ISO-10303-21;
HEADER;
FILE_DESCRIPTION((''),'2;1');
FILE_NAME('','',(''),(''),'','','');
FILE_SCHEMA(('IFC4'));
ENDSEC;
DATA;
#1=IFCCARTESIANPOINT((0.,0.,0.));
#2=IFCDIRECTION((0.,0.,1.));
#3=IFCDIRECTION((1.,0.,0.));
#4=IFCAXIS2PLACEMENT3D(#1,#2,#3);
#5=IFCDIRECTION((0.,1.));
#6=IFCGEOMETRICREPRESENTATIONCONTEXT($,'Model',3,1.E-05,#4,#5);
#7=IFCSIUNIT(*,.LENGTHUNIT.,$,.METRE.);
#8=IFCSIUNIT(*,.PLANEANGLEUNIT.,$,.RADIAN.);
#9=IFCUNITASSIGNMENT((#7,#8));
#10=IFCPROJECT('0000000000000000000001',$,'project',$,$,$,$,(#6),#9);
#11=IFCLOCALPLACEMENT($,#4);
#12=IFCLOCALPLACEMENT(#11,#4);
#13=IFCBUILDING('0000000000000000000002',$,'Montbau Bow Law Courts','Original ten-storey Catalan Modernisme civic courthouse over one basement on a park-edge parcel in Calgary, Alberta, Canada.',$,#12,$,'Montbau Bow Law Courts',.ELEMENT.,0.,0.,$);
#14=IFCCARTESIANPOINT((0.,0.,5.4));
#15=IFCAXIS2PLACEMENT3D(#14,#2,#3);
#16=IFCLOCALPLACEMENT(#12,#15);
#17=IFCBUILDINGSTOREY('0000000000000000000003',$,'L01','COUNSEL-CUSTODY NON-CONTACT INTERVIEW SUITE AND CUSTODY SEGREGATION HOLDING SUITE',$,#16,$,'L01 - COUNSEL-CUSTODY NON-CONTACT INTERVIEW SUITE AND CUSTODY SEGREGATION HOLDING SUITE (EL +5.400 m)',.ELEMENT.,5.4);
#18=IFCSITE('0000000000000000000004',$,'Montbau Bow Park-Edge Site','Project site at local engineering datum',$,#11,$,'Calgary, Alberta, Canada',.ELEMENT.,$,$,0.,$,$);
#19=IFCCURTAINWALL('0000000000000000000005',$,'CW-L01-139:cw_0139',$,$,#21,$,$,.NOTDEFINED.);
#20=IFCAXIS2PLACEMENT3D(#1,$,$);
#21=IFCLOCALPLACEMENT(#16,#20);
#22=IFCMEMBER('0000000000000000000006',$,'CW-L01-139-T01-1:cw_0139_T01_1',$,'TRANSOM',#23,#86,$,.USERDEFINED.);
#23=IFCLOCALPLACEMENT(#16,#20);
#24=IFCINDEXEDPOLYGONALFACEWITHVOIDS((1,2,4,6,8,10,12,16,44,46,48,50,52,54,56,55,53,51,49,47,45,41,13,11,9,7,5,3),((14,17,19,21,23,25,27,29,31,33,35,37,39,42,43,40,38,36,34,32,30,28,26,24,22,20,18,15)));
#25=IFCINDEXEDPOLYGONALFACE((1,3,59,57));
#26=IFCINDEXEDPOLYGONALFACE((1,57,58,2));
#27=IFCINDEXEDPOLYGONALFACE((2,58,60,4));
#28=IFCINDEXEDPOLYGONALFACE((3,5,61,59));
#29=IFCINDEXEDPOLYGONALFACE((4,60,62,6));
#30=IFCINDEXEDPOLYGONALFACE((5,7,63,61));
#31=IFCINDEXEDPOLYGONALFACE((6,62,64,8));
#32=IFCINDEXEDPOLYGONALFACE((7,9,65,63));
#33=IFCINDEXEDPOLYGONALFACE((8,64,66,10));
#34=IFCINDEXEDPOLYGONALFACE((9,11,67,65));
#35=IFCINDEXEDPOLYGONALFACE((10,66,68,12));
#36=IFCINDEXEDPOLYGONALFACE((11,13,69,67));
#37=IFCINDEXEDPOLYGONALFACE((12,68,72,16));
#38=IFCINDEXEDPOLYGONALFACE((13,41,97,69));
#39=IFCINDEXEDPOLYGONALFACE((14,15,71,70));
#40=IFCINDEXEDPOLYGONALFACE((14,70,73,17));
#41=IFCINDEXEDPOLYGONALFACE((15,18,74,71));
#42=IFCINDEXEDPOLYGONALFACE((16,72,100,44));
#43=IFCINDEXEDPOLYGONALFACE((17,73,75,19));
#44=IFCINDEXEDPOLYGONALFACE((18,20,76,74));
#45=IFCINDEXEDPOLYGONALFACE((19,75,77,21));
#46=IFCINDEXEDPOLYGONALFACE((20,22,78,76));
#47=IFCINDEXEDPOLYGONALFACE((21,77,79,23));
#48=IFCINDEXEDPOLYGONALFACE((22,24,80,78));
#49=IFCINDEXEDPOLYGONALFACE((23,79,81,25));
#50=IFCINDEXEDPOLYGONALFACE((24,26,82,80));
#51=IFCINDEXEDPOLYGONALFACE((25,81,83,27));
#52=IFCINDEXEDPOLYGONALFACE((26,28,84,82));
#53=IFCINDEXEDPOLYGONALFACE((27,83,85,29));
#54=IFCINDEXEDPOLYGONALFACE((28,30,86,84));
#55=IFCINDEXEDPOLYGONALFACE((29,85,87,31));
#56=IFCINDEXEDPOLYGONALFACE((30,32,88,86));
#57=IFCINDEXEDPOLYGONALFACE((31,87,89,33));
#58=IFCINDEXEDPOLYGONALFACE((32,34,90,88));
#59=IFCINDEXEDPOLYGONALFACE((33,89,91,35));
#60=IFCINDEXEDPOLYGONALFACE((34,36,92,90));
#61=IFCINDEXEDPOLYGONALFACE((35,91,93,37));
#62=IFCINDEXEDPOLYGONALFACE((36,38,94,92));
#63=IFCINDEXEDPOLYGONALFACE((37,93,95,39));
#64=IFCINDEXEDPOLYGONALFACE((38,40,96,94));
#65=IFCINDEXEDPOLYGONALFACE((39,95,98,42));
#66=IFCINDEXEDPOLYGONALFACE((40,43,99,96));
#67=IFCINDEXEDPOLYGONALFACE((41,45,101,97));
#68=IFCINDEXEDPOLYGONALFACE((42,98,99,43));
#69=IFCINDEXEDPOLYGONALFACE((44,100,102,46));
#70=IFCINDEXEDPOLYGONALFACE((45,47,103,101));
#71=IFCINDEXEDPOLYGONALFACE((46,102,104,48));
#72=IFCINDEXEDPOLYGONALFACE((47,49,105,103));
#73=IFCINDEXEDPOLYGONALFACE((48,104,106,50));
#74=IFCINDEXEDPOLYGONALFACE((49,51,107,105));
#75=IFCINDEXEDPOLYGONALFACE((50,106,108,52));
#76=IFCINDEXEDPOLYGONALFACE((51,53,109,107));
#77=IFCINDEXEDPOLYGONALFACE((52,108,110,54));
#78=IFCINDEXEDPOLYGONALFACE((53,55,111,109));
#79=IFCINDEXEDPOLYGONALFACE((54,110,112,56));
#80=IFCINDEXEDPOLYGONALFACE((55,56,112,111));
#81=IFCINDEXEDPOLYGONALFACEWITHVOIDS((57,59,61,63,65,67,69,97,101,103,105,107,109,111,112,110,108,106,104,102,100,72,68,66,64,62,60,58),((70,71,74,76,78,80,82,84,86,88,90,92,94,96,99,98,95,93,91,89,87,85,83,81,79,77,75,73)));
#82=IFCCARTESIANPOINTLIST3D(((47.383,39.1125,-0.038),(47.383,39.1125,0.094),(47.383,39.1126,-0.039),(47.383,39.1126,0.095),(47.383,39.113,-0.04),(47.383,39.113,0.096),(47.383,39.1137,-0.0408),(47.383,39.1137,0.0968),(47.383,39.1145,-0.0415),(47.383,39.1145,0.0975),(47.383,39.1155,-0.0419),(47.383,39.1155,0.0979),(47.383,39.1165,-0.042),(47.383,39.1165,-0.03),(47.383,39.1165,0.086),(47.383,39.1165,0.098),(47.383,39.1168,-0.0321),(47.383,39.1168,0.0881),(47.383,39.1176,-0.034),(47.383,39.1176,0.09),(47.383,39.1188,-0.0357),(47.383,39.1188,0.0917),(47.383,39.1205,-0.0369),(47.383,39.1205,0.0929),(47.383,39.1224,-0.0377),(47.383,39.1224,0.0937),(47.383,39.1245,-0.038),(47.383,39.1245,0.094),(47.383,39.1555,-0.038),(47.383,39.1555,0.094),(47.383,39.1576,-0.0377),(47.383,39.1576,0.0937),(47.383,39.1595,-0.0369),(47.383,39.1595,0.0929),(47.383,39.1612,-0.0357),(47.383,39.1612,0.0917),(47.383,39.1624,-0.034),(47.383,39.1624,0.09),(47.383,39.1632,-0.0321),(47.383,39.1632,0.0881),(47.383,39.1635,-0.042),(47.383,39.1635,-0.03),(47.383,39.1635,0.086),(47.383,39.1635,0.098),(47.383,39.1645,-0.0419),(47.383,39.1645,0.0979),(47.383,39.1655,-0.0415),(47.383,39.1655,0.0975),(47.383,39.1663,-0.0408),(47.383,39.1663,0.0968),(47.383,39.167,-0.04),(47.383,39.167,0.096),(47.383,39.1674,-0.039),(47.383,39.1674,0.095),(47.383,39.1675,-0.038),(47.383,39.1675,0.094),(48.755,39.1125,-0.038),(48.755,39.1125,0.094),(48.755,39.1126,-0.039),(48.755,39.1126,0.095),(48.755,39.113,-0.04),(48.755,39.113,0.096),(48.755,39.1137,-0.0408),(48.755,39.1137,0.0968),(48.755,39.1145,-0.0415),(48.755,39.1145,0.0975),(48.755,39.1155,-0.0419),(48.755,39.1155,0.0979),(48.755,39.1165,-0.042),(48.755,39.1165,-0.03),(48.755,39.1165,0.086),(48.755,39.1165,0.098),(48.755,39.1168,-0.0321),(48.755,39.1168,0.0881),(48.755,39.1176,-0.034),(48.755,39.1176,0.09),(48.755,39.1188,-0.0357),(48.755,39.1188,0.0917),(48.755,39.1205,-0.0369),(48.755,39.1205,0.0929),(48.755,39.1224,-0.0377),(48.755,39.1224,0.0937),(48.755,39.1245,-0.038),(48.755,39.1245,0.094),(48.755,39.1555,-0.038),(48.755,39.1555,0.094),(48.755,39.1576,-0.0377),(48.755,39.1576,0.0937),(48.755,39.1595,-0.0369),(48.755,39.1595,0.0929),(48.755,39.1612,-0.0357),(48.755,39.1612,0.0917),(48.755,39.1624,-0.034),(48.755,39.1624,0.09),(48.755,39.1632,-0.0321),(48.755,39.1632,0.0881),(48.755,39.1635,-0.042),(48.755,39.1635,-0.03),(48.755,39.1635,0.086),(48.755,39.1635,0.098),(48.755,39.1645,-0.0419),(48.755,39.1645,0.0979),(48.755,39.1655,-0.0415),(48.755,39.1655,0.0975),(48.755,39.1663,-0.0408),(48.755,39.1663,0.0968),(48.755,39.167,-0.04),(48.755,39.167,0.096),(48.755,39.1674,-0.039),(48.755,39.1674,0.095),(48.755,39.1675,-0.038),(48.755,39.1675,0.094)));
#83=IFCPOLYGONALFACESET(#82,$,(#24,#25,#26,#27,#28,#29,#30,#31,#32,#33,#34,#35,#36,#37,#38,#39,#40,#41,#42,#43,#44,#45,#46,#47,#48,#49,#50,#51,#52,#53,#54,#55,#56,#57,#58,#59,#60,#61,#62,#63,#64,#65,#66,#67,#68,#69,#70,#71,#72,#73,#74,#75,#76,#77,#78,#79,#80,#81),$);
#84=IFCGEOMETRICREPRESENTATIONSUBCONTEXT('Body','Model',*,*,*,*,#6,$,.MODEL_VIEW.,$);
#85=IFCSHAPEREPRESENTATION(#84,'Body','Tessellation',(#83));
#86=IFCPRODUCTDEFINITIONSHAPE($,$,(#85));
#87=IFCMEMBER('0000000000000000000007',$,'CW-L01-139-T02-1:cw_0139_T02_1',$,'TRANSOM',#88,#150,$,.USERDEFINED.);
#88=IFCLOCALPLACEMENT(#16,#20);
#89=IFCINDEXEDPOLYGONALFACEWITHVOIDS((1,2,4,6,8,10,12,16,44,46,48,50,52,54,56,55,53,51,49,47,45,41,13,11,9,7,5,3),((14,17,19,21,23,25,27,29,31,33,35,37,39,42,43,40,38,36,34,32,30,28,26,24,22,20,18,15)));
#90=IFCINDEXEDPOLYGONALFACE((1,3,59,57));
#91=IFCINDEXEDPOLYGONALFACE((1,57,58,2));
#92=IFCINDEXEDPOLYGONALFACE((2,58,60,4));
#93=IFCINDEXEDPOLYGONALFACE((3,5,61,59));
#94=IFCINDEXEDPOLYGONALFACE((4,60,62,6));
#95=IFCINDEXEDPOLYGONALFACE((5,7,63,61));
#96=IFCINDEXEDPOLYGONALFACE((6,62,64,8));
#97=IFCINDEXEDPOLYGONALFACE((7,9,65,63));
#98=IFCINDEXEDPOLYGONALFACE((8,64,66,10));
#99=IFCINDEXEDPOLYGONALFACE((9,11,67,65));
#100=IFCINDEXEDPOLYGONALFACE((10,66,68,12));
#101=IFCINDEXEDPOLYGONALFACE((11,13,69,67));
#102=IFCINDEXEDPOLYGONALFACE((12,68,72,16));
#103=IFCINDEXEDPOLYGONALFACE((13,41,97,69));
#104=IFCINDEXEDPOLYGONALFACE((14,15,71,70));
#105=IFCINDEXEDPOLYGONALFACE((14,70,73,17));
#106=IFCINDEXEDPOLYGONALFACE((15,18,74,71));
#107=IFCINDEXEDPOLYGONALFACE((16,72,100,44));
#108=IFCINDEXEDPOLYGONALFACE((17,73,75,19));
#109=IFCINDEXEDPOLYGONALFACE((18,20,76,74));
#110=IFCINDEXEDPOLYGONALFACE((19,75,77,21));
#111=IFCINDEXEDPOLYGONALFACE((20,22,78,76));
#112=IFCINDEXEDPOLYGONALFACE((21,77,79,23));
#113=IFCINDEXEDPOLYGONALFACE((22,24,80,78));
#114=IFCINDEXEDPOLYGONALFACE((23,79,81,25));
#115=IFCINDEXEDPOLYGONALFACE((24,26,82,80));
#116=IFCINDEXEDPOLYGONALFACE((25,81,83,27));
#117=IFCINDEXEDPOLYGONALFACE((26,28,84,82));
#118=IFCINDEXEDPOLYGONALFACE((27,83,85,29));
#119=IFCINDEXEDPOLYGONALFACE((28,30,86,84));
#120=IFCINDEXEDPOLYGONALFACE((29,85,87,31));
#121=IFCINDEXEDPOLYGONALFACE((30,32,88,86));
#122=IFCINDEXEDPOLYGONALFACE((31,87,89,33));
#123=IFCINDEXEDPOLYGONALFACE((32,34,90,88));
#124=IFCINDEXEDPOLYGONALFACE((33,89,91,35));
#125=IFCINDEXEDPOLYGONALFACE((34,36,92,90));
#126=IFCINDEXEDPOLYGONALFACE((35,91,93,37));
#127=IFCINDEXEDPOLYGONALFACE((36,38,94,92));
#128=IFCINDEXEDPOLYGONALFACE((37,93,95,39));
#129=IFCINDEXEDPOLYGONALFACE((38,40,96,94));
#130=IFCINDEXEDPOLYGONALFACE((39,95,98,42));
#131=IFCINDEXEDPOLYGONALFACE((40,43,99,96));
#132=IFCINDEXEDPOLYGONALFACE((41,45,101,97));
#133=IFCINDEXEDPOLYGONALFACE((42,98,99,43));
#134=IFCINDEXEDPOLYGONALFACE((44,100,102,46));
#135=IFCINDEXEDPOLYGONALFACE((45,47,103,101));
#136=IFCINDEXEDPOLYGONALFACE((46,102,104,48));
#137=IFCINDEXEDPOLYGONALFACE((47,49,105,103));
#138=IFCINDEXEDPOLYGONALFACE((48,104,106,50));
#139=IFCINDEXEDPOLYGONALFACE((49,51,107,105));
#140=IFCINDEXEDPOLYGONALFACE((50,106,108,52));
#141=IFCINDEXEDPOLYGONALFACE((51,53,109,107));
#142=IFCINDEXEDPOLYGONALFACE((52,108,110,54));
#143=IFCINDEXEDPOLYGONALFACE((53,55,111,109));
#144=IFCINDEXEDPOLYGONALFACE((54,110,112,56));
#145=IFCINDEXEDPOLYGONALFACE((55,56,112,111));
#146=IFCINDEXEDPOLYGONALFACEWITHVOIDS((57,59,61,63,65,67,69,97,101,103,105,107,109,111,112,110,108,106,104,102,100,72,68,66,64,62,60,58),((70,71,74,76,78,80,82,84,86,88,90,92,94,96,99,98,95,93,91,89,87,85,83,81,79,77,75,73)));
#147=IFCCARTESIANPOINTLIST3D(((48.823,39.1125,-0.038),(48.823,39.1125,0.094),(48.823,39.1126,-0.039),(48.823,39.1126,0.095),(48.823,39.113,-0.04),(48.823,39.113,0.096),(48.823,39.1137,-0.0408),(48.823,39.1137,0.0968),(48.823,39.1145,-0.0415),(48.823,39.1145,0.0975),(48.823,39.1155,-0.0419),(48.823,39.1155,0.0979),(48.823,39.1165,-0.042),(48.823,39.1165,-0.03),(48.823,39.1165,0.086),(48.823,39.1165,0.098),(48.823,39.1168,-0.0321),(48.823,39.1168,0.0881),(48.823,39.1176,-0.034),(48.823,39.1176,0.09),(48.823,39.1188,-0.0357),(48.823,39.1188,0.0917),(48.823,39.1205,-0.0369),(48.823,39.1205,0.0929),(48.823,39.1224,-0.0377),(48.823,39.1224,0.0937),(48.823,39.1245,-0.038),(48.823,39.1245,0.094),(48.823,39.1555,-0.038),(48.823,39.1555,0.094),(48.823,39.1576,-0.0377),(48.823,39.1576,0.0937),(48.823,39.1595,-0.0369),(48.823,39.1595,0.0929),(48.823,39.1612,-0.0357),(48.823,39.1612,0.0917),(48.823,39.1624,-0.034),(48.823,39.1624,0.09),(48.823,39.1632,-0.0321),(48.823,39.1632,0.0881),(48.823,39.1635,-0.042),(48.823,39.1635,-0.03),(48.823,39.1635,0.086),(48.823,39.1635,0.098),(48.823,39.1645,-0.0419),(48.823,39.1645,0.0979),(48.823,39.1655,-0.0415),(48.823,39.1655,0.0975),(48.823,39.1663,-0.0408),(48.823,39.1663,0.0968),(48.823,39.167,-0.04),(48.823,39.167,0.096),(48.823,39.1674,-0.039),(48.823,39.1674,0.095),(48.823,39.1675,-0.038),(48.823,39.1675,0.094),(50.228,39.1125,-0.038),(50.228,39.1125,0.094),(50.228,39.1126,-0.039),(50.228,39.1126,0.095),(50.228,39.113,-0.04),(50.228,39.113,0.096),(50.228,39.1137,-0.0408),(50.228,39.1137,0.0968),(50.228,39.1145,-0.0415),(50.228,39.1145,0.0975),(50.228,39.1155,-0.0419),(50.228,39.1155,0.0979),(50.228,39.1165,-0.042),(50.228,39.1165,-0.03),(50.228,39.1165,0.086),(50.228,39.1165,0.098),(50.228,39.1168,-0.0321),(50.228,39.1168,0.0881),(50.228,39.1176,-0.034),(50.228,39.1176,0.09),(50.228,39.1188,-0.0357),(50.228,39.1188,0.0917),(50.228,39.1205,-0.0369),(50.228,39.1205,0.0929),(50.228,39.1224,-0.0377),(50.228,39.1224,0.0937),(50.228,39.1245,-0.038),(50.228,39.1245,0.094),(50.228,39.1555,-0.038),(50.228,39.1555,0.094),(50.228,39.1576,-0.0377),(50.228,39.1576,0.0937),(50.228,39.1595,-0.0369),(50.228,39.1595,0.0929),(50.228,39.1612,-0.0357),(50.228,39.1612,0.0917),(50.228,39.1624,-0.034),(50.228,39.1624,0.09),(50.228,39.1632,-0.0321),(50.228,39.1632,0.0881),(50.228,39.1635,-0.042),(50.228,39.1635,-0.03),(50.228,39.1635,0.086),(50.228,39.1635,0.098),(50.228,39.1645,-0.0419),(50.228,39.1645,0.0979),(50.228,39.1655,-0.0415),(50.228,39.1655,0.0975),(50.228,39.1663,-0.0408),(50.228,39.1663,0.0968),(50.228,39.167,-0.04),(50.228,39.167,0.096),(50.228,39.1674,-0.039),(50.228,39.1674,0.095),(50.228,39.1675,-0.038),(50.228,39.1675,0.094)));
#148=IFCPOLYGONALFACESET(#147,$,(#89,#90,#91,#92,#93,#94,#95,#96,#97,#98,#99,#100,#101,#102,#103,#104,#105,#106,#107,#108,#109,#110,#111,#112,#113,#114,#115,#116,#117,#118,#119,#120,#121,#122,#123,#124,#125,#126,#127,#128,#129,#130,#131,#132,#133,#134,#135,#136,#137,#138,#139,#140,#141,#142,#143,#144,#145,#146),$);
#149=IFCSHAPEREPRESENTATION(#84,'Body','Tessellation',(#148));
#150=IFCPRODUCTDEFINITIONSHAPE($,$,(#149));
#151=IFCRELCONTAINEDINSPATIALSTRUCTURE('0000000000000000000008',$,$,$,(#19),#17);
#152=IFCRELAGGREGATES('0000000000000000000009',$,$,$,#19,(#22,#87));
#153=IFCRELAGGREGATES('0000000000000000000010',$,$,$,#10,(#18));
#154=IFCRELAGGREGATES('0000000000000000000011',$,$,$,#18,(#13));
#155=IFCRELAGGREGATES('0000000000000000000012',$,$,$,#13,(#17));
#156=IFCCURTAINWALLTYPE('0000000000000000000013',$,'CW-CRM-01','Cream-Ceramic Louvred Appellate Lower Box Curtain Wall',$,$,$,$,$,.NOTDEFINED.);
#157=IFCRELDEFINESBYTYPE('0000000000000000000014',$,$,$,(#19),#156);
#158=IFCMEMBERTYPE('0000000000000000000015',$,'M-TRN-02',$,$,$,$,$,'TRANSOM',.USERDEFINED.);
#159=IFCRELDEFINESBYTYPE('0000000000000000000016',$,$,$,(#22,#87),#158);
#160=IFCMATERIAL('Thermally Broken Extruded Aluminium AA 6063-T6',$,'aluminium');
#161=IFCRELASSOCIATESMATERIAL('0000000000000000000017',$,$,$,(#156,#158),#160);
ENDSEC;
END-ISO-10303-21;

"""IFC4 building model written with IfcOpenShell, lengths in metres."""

from ifc_helpers import new_model, si_unit, direction, frame, origin_with_axes, origin_2d_with_axis, place, context, subcontext, project, spatial, hollow_rectangle, extrude, material, material_profile, profile_set, type_object, element, aggregate, save


model = new_model("IFC4")

# Units and contexts
model_context = context("Model", 3, precision=1e-05, world=origin_with_axes(), true_north=direction((0.0, 1.0)))
body_context = subcontext(model_context, "Body", "Model", "MODEL_VIEW")
ifc_project = project(units=[si_unit("LENGTHUNIT", "METRE"), si_unit("PLANEANGLEUNIT", "RADIAN")], contexts=[model_context])

# Site, building, storey
site_placement = place(None, origin_with_axes())
site = spatial("IfcSite", under=ifc_project, at=site_placement, Name="Montbau Bow Park-Edge Site", Description="Project site at local engineering datum", LongName="Calgary, Alberta, Canada", CompositionType="ELEMENT", RefElevation=0.0)
building_placement = place(site_placement, origin_with_axes())
building = spatial("IfcBuilding", under=site, at=building_placement, Name="Montbau Bow Law Courts", Description="Original ten-storey Catalan Modernisme civic courthouse over one basement on a park-edge parcel in Calgary, Alberta, Canada.", LongName="Montbau Bow Law Courts", CompositionType="ELEMENT", ElevationOfRefHeight=0.0, ElevationOfTerrain=0.0)
storey_placement = place(building_placement, frame((0.0, 0.0, 5.4), z_axis=(0.0, 0.0, 1.0), x_axis=(1.0, 0.0, 0.0)))
storey = spatial("IfcBuildingStorey", under=building, at=storey_placement, Name="L01", Description="COUNSEL-CUSTODY NON-CONTACT INTERVIEW SUITE AND CUSTODY SEGREGATION HOLDING SUITE", LongName="L01 - COUNSEL-CUSTODY NON-CONTACT INTERVIEW SUITE AND CUSTODY SEGREGATION HOLDING SUITE (EL +5.400 m)", CompositionType="ELEMENT", Elevation=5.4)

# Curtain wall
ifc_material_1 = material(Name="Thermally Broken Extruded Aluminium AA 6063-T6", Category="aluminium")
curtain_wall_type_1 = type_object("IfcCurtainWallType", Name="CW-CRM-01", Description="Cream-Ceramic Louvred Appellate Lower Box Curtain Wall", PredefinedType="NOTDEFINED", material=ifc_material_1)
curtain_wall_1_placement = place(None, frame((47.315, 39.14, 5.4), z_axis=(0.0, 0.0, 1.0), x_axis=(1.0, 0.0, 0.0)))
curtain_wall_1 = element("IfcCurtainWall", 1, at=curtain_wall_1_placement, inside=storey, type_object=curtain_wall_type_1, Name="CW-L01-139:cw_0139", PredefinedType="NOTDEFINED")

# Members
ifc_material_profile_1 = material_profile(ifc_material_1, hollow_rectangle(XDim=0.055, YDim=0.14, WallThickness=0.004, InnerFilletRadius=0.008, OuterFilletRadius=0.004, at=origin_2d_with_axis()), Name="CWT-140X55", Category="Main", Priority=0)
ifc_profile_set_1 = profile_set([ifc_material_profile_1], Name="Thermally Broken Extruded Aluminium AA 6063-T6")
member_type_1 = type_object("IfcMemberType", Name="M-TRN-02", ElementType="TRANSOM", PredefinedType="USERDEFINED", material=ifc_profile_set_1)
member_1_placement = place(None, frame((47.383, 39.14, 5.428), z_axis=(1.0, 0.0, 0.0), x_axis=(0.0, 1.0, 0.0)))
member_1 = element("IfcMember", 2, at=member_1_placement, type_object=member_type_1, Name="CW-L01-139-T01-1:cw_0139_T01_1", ObjectType="TRANSOM", PredefinedType="USERDEFINED", context=body_context, shape_type="SweptSolid", body=[
    extrude(hollow_rectangle(XDim=0.055, YDim=0.14, WallThickness=0.004, InnerFilletRadius=0.008, OuterFilletRadius=0.004, at=origin_2d_with_axis()), origin_with_axes(), (0.0, 0.0, 1.0), 1.372),
])
member_2_placement = place(None, frame((48.823, 39.14, 5.428), z_axis=(1.0, 0.0, 0.0), x_axis=(0.0, 1.0, 0.0)))
member_2 = element("IfcMember", 3, at=member_2_placement, type_object=member_type_1, Name="CW-L01-139-T02-1:cw_0139_T02_1", ObjectType="TRANSOM", PredefinedType="USERDEFINED", context=body_context, shape_type="SweptSolid", body=[
    extrude(hollow_rectangle(XDim=0.055, YDim=0.14, WallThickness=0.004, InnerFilletRadius=0.008, OuterFilletRadius=0.004, at=origin_2d_with_axis()), origin_with_axes(), (0.0, 0.0, 1.0), 1.405),
])
aggregate(curtain_wall_1, [member_1, member_2])

save(model, "model.ifc")
